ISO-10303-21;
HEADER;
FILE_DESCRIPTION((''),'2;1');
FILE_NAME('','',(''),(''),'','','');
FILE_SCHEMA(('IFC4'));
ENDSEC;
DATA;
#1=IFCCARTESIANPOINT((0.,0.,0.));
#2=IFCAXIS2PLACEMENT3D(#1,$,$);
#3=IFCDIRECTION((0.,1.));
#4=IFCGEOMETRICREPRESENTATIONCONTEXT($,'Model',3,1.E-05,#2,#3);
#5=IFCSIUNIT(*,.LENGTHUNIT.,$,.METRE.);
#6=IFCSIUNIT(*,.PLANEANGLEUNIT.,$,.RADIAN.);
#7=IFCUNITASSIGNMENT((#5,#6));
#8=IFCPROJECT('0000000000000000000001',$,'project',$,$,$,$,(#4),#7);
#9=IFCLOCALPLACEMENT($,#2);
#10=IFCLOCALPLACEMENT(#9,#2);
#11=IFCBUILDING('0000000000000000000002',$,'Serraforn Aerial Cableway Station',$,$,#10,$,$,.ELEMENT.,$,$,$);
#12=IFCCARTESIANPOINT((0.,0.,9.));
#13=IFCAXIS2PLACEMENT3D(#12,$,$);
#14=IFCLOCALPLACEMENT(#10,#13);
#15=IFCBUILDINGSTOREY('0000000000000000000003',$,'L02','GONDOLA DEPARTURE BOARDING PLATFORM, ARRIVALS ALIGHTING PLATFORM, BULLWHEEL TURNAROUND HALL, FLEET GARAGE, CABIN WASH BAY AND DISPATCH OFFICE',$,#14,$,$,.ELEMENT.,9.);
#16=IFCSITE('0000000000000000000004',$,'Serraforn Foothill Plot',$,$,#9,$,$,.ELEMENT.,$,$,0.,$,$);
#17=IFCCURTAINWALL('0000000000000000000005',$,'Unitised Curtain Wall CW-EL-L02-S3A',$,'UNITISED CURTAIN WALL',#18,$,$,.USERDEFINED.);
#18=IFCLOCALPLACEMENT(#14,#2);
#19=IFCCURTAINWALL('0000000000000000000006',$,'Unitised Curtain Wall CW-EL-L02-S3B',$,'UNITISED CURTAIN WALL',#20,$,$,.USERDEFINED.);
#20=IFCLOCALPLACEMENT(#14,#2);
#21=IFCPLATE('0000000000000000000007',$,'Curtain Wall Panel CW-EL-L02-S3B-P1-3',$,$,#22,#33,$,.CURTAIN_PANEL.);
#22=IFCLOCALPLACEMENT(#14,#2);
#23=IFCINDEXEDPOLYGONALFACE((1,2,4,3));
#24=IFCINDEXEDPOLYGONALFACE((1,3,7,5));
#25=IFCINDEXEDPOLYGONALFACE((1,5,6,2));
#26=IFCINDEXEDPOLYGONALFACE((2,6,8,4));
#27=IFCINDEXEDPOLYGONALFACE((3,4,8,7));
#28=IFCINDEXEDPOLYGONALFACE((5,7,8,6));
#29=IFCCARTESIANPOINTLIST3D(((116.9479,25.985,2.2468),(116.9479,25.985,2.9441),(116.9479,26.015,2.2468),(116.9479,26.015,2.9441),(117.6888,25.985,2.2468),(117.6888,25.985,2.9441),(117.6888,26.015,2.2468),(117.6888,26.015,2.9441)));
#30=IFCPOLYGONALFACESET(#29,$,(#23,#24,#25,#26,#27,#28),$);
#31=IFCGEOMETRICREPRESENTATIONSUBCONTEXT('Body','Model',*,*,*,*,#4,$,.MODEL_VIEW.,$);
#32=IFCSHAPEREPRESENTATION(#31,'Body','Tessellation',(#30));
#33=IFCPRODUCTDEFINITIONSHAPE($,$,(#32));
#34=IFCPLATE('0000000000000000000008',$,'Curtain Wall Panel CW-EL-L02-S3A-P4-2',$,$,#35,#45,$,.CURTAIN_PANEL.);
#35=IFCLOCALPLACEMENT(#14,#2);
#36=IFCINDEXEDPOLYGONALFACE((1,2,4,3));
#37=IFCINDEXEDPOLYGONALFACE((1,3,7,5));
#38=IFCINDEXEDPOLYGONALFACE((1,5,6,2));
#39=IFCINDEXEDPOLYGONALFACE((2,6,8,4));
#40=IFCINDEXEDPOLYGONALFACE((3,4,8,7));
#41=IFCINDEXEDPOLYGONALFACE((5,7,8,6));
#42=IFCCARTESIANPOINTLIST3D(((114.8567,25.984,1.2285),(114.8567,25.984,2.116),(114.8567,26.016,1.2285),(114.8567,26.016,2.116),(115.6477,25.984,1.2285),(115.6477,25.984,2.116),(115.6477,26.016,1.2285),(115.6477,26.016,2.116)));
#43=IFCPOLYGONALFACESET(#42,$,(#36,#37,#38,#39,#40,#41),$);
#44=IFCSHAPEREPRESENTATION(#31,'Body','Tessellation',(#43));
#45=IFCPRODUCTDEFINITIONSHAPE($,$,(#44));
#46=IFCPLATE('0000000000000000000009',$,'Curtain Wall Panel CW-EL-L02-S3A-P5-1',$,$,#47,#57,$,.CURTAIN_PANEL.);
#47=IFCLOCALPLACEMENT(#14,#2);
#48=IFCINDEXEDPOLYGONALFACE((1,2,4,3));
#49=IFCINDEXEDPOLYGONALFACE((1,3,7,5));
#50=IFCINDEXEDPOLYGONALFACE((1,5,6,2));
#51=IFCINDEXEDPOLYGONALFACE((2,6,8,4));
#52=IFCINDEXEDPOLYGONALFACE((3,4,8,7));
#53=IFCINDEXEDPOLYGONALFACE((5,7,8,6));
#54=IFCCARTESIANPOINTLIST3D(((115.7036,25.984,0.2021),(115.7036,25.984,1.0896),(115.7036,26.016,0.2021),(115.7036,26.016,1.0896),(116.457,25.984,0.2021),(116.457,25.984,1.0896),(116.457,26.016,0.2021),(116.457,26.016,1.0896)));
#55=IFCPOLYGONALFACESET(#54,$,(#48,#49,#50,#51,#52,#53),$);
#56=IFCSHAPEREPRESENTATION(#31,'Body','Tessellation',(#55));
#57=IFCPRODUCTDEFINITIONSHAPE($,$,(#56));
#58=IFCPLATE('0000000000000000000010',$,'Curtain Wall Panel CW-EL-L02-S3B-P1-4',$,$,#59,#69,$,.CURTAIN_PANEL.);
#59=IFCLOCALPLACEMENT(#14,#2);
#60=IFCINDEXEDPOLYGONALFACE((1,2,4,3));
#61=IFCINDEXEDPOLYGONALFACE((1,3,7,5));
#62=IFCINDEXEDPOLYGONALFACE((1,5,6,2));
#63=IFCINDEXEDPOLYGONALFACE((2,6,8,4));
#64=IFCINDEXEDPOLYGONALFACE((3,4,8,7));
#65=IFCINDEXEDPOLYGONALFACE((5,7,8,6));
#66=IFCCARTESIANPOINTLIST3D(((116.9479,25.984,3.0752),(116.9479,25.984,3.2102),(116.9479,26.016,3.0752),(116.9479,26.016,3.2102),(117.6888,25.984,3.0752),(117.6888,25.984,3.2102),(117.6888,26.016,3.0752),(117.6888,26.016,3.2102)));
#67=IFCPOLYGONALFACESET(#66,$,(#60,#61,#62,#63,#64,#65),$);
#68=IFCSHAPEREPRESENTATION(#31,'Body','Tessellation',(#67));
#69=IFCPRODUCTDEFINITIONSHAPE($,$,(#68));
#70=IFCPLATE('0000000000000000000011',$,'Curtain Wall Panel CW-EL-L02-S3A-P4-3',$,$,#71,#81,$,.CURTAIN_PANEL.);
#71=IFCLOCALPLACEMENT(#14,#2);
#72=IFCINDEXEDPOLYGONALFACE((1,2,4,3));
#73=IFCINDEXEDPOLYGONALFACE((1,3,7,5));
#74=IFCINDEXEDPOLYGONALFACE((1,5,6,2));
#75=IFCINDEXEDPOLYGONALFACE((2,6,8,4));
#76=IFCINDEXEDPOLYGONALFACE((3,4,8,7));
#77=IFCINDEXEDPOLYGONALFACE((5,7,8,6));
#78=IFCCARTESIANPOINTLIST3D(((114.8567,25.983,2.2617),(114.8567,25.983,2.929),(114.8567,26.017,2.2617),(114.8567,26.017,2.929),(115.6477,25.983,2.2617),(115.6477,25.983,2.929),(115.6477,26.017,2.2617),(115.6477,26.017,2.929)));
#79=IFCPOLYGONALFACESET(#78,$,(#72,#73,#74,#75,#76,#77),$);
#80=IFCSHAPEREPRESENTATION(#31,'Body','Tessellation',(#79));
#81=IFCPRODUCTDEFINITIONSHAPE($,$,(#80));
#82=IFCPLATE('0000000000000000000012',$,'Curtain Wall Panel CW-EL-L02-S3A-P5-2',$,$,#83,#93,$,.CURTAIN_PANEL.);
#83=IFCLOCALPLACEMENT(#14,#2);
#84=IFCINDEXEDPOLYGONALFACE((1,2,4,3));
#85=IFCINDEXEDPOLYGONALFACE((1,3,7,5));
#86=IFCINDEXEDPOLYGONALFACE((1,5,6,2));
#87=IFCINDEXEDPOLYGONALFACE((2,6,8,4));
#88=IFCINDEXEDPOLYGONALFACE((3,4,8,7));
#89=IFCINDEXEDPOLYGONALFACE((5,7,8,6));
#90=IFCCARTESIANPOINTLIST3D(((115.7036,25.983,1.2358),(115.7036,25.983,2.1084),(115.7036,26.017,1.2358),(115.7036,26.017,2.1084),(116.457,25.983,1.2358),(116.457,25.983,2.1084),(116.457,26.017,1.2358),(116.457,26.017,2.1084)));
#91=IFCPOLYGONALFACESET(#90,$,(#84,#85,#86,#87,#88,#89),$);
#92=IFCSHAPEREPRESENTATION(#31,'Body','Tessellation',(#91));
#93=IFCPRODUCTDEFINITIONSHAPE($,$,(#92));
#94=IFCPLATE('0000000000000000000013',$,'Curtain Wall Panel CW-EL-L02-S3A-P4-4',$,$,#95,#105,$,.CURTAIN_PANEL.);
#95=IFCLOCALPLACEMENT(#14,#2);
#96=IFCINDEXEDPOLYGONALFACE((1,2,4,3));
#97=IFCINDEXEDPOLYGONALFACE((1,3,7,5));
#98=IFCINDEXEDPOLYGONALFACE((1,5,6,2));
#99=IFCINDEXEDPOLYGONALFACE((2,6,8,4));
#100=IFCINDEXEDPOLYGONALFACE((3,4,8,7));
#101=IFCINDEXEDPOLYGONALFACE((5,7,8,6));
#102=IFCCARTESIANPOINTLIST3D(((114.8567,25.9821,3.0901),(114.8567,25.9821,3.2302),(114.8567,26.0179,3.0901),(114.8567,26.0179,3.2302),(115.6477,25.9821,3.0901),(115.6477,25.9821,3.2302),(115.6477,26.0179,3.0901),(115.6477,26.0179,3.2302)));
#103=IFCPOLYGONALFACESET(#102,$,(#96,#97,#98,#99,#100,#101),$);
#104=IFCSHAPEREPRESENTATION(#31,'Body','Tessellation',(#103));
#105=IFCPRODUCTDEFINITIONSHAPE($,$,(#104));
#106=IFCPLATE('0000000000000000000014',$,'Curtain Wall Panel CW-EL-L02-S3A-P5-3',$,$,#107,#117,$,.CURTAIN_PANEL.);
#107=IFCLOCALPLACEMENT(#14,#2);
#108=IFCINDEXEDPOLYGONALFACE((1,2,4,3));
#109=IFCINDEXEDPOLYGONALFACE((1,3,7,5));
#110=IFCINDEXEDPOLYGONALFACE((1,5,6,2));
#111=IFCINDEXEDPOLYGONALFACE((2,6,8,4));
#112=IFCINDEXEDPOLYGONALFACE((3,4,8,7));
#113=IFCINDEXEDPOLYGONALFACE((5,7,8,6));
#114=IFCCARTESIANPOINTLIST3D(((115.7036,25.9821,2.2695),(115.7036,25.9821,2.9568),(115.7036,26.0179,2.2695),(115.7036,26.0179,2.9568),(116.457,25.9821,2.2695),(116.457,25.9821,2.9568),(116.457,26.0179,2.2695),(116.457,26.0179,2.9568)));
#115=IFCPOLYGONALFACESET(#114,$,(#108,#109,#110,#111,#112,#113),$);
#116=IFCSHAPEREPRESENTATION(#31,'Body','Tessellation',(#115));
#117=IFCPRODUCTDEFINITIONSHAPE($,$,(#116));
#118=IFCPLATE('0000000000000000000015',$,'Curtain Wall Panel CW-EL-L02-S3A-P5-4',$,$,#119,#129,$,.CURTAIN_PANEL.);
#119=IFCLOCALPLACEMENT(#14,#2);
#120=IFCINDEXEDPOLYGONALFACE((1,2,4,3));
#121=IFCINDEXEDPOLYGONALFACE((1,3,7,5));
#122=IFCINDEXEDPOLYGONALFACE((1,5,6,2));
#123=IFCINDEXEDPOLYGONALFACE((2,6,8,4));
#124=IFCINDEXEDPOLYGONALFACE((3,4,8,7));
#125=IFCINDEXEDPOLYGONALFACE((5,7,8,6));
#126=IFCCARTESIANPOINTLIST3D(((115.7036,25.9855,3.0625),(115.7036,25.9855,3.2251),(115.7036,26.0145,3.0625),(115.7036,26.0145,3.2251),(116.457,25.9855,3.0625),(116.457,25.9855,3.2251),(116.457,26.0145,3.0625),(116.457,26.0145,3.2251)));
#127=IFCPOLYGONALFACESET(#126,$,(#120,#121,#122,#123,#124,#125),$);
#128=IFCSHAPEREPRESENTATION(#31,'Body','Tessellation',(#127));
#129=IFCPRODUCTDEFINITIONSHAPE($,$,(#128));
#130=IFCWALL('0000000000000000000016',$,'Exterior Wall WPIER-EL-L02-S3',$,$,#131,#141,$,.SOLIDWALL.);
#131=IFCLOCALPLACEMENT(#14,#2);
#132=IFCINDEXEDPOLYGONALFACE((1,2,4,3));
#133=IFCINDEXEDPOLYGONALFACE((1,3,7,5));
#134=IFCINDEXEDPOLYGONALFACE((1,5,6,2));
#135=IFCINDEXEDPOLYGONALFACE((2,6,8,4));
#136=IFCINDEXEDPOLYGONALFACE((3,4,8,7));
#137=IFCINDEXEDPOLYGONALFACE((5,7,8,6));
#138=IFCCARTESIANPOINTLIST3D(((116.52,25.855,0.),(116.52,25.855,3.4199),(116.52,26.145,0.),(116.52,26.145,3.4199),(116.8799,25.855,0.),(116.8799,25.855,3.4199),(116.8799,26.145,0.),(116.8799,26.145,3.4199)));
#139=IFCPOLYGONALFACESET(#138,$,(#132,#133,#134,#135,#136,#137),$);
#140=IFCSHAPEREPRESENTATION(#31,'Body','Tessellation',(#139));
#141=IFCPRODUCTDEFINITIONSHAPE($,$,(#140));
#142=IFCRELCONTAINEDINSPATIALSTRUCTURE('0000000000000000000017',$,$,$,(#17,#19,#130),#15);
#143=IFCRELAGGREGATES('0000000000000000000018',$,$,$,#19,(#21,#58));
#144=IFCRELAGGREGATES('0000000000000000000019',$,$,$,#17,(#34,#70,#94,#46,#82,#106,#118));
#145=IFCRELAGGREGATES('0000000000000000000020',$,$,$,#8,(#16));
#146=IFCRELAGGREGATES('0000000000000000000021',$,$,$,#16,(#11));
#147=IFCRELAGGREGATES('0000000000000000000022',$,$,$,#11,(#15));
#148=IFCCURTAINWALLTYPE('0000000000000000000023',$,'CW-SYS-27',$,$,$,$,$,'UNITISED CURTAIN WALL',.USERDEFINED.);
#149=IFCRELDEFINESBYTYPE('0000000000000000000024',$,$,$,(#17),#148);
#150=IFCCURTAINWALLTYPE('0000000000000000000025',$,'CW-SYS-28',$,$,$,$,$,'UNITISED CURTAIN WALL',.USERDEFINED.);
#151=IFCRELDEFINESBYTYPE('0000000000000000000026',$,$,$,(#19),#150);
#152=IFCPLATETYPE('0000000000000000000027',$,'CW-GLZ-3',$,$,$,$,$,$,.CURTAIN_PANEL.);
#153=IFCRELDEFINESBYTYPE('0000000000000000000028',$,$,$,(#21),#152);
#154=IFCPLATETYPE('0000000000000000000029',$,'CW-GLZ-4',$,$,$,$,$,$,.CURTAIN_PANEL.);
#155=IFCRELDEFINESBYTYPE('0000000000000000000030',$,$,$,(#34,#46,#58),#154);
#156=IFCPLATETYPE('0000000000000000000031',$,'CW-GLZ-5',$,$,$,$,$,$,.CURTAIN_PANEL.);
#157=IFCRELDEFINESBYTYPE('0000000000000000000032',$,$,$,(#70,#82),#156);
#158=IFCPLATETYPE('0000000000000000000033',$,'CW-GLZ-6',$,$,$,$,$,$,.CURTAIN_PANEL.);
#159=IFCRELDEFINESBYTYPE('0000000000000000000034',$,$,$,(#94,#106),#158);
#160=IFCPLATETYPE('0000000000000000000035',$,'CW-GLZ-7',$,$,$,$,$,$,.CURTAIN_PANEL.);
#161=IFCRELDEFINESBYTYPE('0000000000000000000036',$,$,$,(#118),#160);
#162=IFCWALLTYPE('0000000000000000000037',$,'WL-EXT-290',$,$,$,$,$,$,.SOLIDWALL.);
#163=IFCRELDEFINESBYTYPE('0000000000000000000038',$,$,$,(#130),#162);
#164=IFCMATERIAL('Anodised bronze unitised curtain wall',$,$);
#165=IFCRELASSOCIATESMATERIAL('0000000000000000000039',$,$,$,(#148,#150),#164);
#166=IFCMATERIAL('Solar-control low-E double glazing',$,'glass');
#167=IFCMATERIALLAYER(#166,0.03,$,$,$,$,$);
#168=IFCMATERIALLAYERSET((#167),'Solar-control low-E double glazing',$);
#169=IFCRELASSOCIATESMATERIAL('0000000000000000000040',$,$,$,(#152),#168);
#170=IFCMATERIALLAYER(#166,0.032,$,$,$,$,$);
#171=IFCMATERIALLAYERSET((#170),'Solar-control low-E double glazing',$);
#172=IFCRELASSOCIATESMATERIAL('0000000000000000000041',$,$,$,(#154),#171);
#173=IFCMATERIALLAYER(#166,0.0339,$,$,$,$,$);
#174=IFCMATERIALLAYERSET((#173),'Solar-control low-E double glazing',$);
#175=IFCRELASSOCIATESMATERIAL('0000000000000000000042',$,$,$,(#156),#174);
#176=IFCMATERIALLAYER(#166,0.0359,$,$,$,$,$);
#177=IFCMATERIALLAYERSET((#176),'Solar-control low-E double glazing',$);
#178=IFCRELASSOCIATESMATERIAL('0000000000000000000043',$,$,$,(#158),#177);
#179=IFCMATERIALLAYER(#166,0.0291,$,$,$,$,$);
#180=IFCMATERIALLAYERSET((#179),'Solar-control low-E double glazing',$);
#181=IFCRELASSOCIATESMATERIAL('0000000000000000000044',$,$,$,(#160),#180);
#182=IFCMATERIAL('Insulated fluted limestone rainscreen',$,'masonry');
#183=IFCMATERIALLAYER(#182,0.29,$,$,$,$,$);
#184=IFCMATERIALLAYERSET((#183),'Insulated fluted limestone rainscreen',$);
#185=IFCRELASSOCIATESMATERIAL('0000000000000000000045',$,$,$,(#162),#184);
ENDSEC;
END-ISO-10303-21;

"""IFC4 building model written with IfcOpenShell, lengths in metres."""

from ifc_helpers import new_model, si_unit, direction, frame, frame_2d, origin, origin_2d, place, context, subcontext, project, spatial, rectangle, extrude, material, layer, layer_set, type_object, element, aggregate, save


model = new_model("IFC4")

# Units and contexts
model_context = context("Model", 3, precision=1e-05, world=origin(), true_north=direction((0.0, 1.0)))
body_context = subcontext(model_context, "Body", "Model", "MODEL_VIEW")
ifc_project = project(units=[si_unit("LENGTHUNIT", "METRE"), si_unit("PLANEANGLEUNIT", "RADIAN")], contexts=[model_context])

# Site, building, storey
site_placement = place(None, origin())
site = spatial("IfcSite", under=ifc_project, at=site_placement, Name="Serraforn Foothill Plot", CompositionType="ELEMENT", RefElevation=0.0)
building_placement = place(site_placement, origin())
building = spatial("IfcBuilding", under=site, at=building_placement, Name="Serraforn Aerial Cableway Station", CompositionType="ELEMENT")
storey_placement = place(building_placement, frame((0.0, 0.0, 9.0)))
storey = spatial("IfcBuildingStorey", under=building, at=storey_placement, Name="L02", Description="GONDOLA DEPARTURE BOARDING PLATFORM, ARRIVALS ALIGHTING PLATFORM, BULLWHEEL TURNAROUND HALL, FLEET GARAGE, CABIN WASH BAY AND DISPATCH OFFICE", CompositionType="ELEMENT", Elevation=9.0)

# Curtain walls
ifc_material_1 = material(Name="Anodised bronze unitised curtain wall")
curtain_wall_type_1 = type_object("IfcCurtainWallType", Name="CW-SYS-27", ElementType="UNITISED CURTAIN WALL", PredefinedType="USERDEFINED", material=ifc_material_1)
curtain_wall_1_placement = place(storey_placement, origin())
curtain_wall_1 = element("IfcCurtainWall", 1, at=curtain_wall_1_placement, inside=storey, type_object=curtain_wall_type_1, Name="Unitised Curtain Wall CW-EL-L02-S3A", ObjectType="UNITISED CURTAIN WALL", PredefinedType="USERDEFINED")
curtain_wall_type_2 = type_object("IfcCurtainWallType", Name="CW-SYS-28", ElementType="UNITISED CURTAIN WALL", PredefinedType="USERDEFINED", material=ifc_material_1)
curtain_wall_2_placement = place(storey_placement, origin())
curtain_wall_2 = element("IfcCurtainWall", 2, at=curtain_wall_2_placement, inside=storey, type_object=curtain_wall_type_2, Name="Unitised Curtain Wall CW-EL-L02-S3B", ObjectType="UNITISED CURTAIN WALL", PredefinedType="USERDEFINED")

# Plates
ifc_material_2 = material(Name="Solar-control low-E double glazing", Category="glass")
ifc_layer_1 = layer(ifc_material_2, 0.03)
ifc_layer_set_1 = layer_set([ifc_layer_1], Name="Solar-control low-E double glazing")
plate_type_1 = type_object("IfcPlateType", Name="CW-GLZ-3", PredefinedType="CURTAIN_PANEL", material=ifc_layer_set_1)
plate_1_placement = place(storey_placement, frame((117.3184, 26.0, 2.2468), z_axis=(0.0, 0.0, 1.0), x_axis=(1.0, 0.0, 0.0)))
plate_1 = element("IfcPlate", 3, at=plate_1_placement, type_object=plate_type_1, Name="Curtain Wall Panel CW-EL-L02-S3B-P1-3", PredefinedType="CURTAIN_PANEL", context=body_context, shape_type="SweptSolid", body=[
    extrude(rectangle(XDim=0.741, YDim=0.03, at=origin_2d()), origin(), (0.0, 0.0, 1.0), 0.6973),
])
ifc_layer_2 = layer(ifc_material_2, 0.032)
ifc_layer_set_2 = layer_set([ifc_layer_2], Name="Solar-control low-E double glazing")
plate_type_2 = type_object("IfcPlateType", Name="CW-GLZ-4", PredefinedType="CURTAIN_PANEL", material=ifc_layer_set_2)
plate_2_placement = place(storey_placement, frame((115.2522, 26.0, 1.2285), z_axis=(0.0, 0.0, 1.0), x_axis=(1.0, 0.0, 0.0)))
plate_2 = element("IfcPlate", 4, at=plate_2_placement, type_object=plate_type_2, Name="Curtain Wall Panel CW-EL-L02-S3A-P4-2", PredefinedType="CURTAIN_PANEL", context=body_context, shape_type="SweptSolid", body=[
    extrude(rectangle(XDim=0.791, YDim=0.032, at=origin_2d()), origin(), (0.0, 0.0, 1.0), 0.8875),
])
plate_3_placement = place(storey_placement, frame((116.0803, 26.0, 0.2021), z_axis=(0.0, 0.0, 1.0), x_axis=(1.0, 0.0, 0.0)))
plate_3 = element("IfcPlate", 5, at=plate_3_placement, type_object=plate_type_2, Name="Curtain Wall Panel CW-EL-L02-S3A-P5-1", PredefinedType="CURTAIN_PANEL", context=body_context, shape_type="SweptSolid", body=[
    extrude(rectangle(XDim=0.7534, YDim=0.032, at=origin_2d()), origin(), (0.0, 0.0, 1.0), 0.8875),
])
plate_4_placement = place(storey_placement, frame((117.3184, 26.0, 3.0752), z_axis=(0.0, 0.0, 1.0), x_axis=(1.0, 0.0, 0.0)))
plate_4 = element("IfcPlate", 6, at=plate_4_placement, type_object=plate_type_2, Name="Curtain Wall Panel CW-EL-L02-S3B-P1-4", PredefinedType="CURTAIN_PANEL", context=body_context, shape_type="SweptSolid", body=[
    extrude(rectangle(XDim=0.741, YDim=0.032, at=origin_2d()), origin(), (0.0, 0.0, 1.0), 0.135),
])
aggregate(curtain_wall_2, [plate_1, plate_4])
ifc_layer_3 = layer(ifc_material_2, 0.0339)
ifc_layer_set_3 = layer_set([ifc_layer_3], Name="Solar-control low-E double glazing")
plate_type_3 = type_object("IfcPlateType", Name="CW-GLZ-5", PredefinedType="CURTAIN_PANEL", material=ifc_layer_set_3)
plate_5_placement = place(storey_placement, frame((115.2522, 26.0, 2.2617), z_axis=(0.0, 0.0, 1.0), x_axis=(1.0, 0.0, 0.0)))
plate_5 = element("IfcPlate", 7, at=plate_5_placement, type_object=plate_type_3, Name="Curtain Wall Panel CW-EL-L02-S3A-P4-3", PredefinedType="CURTAIN_PANEL", context=body_context, shape_type="SweptSolid", body=[
    extrude(rectangle(XDim=0.791, YDim=0.0339, at=origin_2d()), origin(), (0.0, 0.0, 1.0), 0.6672),
])
plate_6_placement = place(storey_placement, frame((116.0803, 26.0, 1.2358), z_axis=(0.0, 0.0, 1.0), x_axis=(1.0, 0.0, 0.0)))
plate_6 = element("IfcPlate", 8, at=plate_6_placement, type_object=plate_type_3, Name="Curtain Wall Panel CW-EL-L02-S3A-P5-2", PredefinedType="CURTAIN_PANEL", context=body_context, shape_type="SweptSolid", body=[
    extrude(rectangle(XDim=0.7534, YDim=0.0339, at=origin_2d()), origin(), (0.0, 0.0, 1.0), 0.8726),
])
ifc_layer_4 = layer(ifc_material_2, 0.0359)
ifc_layer_set_4 = layer_set([ifc_layer_4], Name="Solar-control low-E double glazing")
plate_type_4 = type_object("IfcPlateType", Name="CW-GLZ-6", PredefinedType="CURTAIN_PANEL", material=ifc_layer_set_4)
plate_7_placement = place(storey_placement, frame((115.2522, 26.0, 3.0901), z_axis=(0.0, 0.0, 1.0), x_axis=(1.0, 0.0, 0.0)))
plate_7 = element("IfcPlate", 9, at=plate_7_placement, type_object=plate_type_4, Name="Curtain Wall Panel CW-EL-L02-S3A-P4-4", PredefinedType="CURTAIN_PANEL", context=body_context, shape_type="SweptSolid", body=[
    extrude(rectangle(XDim=0.791, YDim=0.0359, at=origin_2d()), origin(), (0.0, 0.0, 1.0), 0.1401),
])
plate_8_placement = place(storey_placement, frame((116.0803, 26.0, 2.2695), z_axis=(0.0, 0.0, 1.0), x_axis=(1.0, 0.0, 0.0)))
plate_8 = element("IfcPlate", 10, at=plate_8_placement, type_object=plate_type_4, Name="Curtain Wall Panel CW-EL-L02-S3A-P5-3", PredefinedType="CURTAIN_PANEL", context=body_context, shape_type="SweptSolid", body=[
    extrude(rectangle(XDim=0.7534, YDim=0.0359, at=origin_2d()), origin(), (0.0, 0.0, 1.0), 0.6873),
])
ifc_layer_5 = layer(ifc_material_2, 0.0291)
ifc_layer_set_5 = layer_set([ifc_layer_5], Name="Solar-control low-E double glazing")
plate_type_5 = type_object("IfcPlateType", Name="CW-GLZ-7", PredefinedType="CURTAIN_PANEL", material=ifc_layer_set_5)
plate_9_placement = place(storey_placement, frame((116.0803, 26.0, 3.0625), z_axis=(0.0, 0.0, 1.0), x_axis=(1.0, 0.0, 0.0)))
plate_9 = element("IfcPlate", 11, at=plate_9_placement, type_object=plate_type_5, Name="Curtain Wall Panel CW-EL-L02-S3A-P5-4", PredefinedType="CURTAIN_PANEL", context=body_context, shape_type="SweptSolid", body=[
    extrude(rectangle(XDim=0.7534, YDim=0.0291, at=origin_2d()), origin(), (0.0, 0.0, 1.0), 0.1626),
])
aggregate(curtain_wall_1, [plate_2, plate_5, plate_7, plate_3, plate_6, plate_8, plate_9])

# Wall
ifc_material_3 = material(Name="Insulated fluted limestone rainscreen", Category="masonry")
ifc_layer_6 = layer(ifc_material_3, 0.29)
ifc_layer_set_6 = layer_set([ifc_layer_6], Name="Insulated fluted limestone rainscreen")
wall_type = type_object("IfcWallType", Name="WL-EXT-290", PredefinedType="SOLIDWALL", material=ifc_layer_set_6)
wall_placement = place(storey_placement, frame((116.52, 26.0, 0.0), z_axis=(0.0, 0.0, 1.0), x_axis=(1.0, 0.0, 0.0)))
element("IfcWall", 12, at=wall_placement, inside=storey, type_object=wall_type, Name="Exterior Wall WPIER-EL-L02-S3", PredefinedType="SOLIDWALL", context=body_context, shape_type="SweptSolid", body=[
    extrude(rectangle(XDim=0.3599, YDim=0.29, at=frame_2d((0.1799, 0.0))), origin(), (0.0, 0.0, 1.0), 3.4199),
])

save(model, "model.ifc")
